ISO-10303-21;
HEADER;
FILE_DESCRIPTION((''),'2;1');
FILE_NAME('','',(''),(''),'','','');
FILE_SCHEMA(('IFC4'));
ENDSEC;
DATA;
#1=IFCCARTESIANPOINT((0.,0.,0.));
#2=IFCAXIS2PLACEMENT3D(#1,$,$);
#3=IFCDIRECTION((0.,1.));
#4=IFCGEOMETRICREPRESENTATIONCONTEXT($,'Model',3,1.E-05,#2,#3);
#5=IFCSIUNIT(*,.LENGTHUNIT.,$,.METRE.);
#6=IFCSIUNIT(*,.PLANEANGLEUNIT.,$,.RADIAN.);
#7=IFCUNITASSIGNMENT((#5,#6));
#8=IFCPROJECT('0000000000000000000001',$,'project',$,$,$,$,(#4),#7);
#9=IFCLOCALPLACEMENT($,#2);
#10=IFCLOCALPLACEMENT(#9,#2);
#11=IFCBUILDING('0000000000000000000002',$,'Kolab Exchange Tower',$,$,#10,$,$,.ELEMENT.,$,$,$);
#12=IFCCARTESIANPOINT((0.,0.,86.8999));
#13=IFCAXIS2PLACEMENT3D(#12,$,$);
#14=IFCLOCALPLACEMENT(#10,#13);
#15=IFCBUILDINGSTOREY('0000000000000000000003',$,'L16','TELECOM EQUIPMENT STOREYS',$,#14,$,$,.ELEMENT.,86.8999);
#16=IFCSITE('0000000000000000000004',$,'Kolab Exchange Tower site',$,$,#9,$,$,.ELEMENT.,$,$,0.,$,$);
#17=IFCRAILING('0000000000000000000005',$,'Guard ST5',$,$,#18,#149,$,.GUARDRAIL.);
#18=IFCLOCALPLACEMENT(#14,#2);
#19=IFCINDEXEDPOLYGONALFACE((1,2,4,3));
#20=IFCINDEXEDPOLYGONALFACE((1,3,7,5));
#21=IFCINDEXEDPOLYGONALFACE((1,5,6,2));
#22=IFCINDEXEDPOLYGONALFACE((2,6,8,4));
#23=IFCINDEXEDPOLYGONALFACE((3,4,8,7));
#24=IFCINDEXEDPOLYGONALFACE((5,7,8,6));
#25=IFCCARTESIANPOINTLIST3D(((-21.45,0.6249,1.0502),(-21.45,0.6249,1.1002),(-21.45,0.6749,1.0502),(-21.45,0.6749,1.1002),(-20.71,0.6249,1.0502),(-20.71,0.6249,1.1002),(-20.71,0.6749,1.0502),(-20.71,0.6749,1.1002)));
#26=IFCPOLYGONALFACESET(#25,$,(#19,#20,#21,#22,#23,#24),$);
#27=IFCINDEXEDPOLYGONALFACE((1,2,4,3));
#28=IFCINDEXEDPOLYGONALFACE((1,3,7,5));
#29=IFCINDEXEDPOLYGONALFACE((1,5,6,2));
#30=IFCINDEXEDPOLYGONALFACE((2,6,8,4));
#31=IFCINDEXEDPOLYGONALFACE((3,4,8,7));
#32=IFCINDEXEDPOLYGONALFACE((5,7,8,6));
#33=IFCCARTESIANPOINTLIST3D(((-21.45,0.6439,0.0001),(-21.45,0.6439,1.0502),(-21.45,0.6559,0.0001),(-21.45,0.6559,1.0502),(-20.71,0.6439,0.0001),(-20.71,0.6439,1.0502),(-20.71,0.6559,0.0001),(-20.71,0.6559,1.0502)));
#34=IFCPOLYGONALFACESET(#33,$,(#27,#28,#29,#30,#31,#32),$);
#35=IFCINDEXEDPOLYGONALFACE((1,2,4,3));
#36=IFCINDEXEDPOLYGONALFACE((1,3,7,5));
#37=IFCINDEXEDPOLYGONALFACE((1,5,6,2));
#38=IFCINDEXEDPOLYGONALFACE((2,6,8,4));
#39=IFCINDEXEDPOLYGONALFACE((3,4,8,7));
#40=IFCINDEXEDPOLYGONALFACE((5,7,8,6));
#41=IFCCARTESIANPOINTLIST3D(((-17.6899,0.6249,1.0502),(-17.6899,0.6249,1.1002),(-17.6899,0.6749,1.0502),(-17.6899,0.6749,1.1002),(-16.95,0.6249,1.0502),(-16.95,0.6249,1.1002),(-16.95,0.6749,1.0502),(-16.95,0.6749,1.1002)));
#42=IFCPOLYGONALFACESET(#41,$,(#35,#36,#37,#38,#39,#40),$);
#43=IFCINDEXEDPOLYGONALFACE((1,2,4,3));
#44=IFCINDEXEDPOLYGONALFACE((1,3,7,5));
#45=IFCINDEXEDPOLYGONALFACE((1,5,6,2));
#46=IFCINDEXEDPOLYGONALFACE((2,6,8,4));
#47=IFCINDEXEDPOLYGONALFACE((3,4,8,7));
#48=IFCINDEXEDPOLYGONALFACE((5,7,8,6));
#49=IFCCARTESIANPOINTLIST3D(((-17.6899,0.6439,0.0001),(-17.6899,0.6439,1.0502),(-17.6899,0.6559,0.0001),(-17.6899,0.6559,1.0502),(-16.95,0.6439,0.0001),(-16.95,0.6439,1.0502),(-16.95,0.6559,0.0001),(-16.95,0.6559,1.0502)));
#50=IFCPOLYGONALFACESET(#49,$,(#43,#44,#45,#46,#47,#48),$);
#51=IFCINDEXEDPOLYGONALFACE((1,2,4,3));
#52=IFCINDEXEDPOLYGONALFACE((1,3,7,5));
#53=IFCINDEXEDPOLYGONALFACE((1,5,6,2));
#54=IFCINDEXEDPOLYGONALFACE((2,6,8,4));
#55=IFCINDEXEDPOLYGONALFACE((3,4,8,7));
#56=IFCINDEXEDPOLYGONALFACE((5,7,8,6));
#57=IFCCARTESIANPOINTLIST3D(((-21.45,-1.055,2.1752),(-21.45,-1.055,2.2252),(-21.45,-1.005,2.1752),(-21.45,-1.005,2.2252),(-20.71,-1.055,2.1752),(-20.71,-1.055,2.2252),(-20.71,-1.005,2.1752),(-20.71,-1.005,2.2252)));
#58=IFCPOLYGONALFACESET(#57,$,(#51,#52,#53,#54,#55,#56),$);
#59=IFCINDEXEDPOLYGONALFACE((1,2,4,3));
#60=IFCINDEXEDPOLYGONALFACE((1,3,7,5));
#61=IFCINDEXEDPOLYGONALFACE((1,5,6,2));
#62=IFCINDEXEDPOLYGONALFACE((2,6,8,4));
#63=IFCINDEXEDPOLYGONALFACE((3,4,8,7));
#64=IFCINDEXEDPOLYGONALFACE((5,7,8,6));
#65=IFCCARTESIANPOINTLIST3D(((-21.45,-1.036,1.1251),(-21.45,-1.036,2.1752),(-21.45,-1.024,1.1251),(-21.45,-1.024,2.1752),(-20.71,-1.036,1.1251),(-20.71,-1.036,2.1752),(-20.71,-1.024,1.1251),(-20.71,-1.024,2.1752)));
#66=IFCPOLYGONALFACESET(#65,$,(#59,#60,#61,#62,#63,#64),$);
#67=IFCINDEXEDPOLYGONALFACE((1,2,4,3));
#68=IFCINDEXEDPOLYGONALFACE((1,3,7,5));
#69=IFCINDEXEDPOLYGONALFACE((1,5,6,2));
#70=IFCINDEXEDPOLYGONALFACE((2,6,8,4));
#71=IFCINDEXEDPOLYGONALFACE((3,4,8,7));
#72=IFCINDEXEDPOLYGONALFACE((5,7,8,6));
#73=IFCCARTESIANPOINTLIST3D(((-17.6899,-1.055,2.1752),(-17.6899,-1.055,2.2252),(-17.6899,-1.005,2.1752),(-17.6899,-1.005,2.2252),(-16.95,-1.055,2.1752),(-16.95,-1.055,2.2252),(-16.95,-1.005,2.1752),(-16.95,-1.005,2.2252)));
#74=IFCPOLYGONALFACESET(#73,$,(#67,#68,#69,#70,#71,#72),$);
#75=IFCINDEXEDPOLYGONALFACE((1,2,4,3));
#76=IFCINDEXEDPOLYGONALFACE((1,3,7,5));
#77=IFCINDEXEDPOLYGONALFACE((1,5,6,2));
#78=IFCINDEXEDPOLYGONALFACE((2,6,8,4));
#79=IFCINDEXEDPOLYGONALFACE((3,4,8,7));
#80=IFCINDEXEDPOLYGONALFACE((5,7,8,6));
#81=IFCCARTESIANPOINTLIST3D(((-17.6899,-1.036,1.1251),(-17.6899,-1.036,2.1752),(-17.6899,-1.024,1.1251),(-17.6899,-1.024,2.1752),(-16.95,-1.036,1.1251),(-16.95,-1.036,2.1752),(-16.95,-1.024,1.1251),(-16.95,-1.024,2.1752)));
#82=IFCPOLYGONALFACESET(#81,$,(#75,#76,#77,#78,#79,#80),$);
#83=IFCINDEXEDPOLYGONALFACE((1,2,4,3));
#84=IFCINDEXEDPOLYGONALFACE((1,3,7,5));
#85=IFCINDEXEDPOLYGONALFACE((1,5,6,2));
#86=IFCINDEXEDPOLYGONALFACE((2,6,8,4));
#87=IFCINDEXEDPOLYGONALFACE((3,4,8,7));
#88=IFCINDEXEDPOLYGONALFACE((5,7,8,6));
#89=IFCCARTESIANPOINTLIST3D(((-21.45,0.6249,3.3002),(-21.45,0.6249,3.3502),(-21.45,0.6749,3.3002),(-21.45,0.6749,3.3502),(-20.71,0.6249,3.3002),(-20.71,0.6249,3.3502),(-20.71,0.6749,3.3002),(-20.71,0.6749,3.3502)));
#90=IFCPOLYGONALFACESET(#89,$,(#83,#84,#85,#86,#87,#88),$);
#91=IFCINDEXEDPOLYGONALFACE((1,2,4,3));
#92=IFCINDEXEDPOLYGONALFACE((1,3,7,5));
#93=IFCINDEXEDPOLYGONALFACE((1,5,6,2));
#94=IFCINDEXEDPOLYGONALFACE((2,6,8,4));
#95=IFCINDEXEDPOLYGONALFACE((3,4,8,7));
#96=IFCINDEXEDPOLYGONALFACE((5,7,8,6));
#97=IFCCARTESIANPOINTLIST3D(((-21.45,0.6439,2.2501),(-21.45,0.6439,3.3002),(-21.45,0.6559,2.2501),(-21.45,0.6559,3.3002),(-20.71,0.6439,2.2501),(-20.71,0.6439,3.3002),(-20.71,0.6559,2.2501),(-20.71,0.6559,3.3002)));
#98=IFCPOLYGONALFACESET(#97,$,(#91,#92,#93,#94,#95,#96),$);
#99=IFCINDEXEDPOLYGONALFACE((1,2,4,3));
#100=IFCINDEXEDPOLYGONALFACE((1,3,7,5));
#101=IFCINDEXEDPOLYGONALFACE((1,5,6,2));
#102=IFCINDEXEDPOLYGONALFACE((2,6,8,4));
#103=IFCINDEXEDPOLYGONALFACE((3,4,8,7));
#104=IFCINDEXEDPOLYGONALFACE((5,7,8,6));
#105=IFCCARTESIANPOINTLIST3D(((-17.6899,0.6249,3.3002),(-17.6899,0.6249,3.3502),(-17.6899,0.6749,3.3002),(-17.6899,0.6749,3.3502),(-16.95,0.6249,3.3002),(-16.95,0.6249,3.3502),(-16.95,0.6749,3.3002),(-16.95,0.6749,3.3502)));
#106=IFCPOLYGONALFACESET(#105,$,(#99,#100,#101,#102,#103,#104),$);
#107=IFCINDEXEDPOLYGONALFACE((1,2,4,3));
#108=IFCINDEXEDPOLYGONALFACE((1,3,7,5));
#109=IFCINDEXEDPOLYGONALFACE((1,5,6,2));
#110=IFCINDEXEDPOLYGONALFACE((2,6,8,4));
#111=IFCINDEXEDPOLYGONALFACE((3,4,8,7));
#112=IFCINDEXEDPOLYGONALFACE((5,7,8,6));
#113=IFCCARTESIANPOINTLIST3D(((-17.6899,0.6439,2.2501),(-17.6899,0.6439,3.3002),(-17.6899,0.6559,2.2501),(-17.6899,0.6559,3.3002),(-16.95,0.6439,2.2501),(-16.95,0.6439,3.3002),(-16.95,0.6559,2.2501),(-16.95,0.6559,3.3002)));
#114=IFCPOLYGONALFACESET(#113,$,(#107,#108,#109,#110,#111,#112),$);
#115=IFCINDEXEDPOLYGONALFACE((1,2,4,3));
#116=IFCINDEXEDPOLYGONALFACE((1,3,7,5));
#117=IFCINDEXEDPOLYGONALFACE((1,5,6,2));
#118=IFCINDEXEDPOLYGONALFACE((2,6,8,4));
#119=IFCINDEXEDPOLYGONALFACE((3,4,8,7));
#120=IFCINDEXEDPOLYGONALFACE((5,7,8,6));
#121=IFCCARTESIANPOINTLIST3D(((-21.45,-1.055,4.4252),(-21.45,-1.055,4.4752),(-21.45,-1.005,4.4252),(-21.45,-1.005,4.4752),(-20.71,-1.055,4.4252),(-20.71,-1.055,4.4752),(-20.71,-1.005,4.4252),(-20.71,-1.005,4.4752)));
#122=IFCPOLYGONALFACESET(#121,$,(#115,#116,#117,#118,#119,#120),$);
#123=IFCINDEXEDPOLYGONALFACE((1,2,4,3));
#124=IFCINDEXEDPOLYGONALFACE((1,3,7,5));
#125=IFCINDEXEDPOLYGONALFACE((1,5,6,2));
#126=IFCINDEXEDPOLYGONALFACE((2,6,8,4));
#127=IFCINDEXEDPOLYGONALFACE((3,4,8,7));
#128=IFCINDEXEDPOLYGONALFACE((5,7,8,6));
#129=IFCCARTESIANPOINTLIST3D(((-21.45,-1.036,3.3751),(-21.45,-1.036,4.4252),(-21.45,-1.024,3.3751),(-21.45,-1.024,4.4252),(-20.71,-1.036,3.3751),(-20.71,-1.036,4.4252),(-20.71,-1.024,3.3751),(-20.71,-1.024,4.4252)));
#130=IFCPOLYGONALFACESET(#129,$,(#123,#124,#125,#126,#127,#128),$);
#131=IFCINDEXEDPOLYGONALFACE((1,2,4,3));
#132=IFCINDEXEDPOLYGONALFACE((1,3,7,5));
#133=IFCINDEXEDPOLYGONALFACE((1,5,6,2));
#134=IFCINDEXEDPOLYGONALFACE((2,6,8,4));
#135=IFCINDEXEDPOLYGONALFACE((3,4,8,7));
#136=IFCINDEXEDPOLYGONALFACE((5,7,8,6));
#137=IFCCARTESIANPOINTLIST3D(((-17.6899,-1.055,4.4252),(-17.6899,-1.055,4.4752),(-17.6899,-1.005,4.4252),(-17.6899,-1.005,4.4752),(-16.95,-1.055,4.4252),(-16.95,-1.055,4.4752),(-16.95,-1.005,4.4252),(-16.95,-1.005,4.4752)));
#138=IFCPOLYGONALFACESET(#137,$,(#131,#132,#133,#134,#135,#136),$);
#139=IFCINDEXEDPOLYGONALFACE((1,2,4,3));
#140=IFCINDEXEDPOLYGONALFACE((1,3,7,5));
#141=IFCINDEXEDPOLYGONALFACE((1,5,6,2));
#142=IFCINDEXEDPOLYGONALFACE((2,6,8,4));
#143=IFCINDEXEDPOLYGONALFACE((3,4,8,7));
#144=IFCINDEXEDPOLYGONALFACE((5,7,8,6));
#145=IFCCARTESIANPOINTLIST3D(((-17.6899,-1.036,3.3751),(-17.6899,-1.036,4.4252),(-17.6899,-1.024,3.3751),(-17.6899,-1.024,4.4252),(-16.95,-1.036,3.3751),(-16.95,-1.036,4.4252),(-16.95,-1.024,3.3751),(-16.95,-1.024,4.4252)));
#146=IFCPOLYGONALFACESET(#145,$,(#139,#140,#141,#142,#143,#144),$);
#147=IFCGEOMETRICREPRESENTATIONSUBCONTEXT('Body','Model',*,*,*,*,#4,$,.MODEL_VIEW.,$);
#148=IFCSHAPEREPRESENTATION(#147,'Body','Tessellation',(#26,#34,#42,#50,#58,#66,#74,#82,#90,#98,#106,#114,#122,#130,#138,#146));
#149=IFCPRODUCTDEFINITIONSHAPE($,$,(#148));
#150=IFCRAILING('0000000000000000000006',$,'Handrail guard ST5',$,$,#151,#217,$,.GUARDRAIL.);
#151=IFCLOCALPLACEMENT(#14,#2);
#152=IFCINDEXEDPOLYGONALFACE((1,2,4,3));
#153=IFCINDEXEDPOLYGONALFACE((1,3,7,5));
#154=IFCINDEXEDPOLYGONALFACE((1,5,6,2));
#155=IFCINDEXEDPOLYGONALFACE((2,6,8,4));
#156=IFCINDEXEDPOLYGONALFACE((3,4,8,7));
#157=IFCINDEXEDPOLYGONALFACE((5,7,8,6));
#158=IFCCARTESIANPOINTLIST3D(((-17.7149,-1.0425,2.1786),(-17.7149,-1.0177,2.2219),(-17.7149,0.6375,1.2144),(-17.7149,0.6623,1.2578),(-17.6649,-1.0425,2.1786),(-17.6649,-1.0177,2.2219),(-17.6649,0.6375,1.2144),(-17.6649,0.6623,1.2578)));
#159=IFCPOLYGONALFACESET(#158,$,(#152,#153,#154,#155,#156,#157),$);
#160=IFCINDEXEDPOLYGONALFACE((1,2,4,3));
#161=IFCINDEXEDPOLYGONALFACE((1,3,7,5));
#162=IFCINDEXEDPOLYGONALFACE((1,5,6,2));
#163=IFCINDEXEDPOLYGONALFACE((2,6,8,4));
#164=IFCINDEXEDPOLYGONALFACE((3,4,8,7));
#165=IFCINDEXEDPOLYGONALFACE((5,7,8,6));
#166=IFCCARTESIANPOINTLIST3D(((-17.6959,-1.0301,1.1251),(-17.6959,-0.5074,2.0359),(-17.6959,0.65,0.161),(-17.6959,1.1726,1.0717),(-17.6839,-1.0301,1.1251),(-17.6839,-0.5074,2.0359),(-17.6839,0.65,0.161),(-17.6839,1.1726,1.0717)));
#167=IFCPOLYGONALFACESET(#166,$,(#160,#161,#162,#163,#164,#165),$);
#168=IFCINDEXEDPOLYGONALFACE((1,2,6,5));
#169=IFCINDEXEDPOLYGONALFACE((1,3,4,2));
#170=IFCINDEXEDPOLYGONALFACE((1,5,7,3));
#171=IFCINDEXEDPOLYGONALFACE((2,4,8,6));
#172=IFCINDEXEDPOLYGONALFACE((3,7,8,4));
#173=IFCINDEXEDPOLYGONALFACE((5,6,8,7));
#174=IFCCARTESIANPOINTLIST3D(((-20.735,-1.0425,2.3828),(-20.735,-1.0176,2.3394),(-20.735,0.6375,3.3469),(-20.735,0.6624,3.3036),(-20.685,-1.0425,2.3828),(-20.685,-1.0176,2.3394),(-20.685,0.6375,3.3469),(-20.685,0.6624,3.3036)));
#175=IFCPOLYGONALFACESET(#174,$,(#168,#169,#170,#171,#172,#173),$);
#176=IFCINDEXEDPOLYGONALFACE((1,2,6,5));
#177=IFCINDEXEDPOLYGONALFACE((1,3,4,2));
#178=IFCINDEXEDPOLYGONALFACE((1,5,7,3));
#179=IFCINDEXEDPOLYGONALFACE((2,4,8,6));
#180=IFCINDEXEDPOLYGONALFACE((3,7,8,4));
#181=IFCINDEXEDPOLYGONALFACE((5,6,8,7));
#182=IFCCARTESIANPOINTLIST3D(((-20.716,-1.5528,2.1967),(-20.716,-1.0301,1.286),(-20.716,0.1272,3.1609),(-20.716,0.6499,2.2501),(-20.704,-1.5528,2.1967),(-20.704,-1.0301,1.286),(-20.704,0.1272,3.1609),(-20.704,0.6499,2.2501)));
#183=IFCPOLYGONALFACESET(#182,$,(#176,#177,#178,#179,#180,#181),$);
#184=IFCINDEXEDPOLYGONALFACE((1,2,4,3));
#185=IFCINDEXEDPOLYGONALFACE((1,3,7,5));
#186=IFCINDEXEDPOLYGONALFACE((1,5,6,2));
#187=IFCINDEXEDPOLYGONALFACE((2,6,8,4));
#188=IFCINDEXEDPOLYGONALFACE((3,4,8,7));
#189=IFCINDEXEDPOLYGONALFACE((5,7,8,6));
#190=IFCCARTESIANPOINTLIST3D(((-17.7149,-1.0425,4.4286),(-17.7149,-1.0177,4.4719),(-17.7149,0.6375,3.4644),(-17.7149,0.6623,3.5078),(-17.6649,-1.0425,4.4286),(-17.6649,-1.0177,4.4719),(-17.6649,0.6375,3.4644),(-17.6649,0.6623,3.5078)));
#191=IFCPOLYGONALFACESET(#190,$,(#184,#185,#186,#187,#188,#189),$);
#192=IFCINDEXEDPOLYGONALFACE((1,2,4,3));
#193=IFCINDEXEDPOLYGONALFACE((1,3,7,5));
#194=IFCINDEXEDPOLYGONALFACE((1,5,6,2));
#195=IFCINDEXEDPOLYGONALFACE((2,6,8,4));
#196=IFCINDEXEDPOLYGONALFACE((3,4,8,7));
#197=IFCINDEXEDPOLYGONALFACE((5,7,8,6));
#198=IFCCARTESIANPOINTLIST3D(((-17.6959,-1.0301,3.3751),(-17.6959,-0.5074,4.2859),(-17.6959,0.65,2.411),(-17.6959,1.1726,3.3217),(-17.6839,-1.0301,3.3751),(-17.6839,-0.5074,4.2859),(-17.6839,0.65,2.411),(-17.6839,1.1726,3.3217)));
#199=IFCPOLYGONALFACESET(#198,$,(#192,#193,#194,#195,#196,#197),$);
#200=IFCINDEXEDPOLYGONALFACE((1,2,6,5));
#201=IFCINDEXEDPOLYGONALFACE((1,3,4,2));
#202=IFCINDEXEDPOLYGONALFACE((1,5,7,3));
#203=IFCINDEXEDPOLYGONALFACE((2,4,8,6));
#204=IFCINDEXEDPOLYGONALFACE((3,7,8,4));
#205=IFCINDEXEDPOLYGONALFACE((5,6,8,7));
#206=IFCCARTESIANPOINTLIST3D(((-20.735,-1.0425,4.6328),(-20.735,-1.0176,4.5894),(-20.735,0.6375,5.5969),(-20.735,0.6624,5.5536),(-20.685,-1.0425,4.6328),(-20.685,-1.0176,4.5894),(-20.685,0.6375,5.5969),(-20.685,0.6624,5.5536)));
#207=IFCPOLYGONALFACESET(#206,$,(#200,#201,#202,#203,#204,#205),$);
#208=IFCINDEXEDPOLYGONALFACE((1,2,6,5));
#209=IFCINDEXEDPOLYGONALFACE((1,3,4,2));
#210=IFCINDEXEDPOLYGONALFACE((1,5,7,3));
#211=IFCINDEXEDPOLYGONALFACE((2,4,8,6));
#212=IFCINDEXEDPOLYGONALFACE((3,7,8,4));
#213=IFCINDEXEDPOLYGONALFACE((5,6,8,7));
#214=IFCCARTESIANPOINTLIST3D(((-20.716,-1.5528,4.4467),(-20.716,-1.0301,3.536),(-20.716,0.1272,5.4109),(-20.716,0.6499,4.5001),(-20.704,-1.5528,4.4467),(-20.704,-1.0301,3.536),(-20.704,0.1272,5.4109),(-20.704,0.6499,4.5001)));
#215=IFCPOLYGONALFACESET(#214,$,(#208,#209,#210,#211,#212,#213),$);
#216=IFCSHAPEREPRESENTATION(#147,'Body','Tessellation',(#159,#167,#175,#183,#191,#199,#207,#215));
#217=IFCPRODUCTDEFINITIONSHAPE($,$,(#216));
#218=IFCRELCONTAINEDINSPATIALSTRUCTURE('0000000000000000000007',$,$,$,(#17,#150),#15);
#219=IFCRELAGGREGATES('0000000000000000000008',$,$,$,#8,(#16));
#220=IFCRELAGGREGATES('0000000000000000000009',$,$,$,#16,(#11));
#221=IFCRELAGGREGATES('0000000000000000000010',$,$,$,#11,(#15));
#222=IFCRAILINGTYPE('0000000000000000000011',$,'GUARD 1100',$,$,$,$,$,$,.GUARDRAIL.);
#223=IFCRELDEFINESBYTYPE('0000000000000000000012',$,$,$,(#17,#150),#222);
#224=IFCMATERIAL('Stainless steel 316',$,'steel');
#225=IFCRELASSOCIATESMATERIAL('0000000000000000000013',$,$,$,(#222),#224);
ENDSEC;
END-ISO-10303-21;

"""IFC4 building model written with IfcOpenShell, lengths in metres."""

from ifc_helpers import new_model, si_unit, direction, frame, frame_2d, origin, origin_2d, place, context, subcontext, project, spatial, rectangle, extrude, material, type_object, element, save


model = new_model("IFC4")

# Units and contexts
model_context = context("Model", 3, precision=1e-05, world=origin(), true_north=direction((0.0, 1.0)))
body_context = subcontext(model_context, "Body", "Model", "MODEL_VIEW")
ifc_project = project(units=[si_unit("LENGTHUNIT", "METRE"), si_unit("PLANEANGLEUNIT", "RADIAN")], contexts=[model_context])

# Site, building, storey
site_placement = place(None, origin())
site = spatial("IfcSite", under=ifc_project, at=site_placement, Name="Kolab Exchange Tower site", CompositionType="ELEMENT", RefElevation=0.0)
building_placement = place(site_placement, origin())
building = spatial("IfcBuilding", under=site, at=building_placement, Name="Kolab Exchange Tower", CompositionType="ELEMENT")
storey_placement = place(building_placement, frame((0.0, 0.0, 86.8999)))
storey = spatial("IfcBuildingStorey", under=building, at=storey_placement, Name="L16", Description="TELECOM EQUIPMENT STOREYS", CompositionType="ELEMENT", Elevation=86.8999)

# Railings
ifc_material_1 = material(Name="Stainless steel 316", Category="steel")
railing_type = type_object("IfcRailingType", Name="GUARD 1100", PredefinedType="GUARDRAIL", material=ifc_material_1)
railing_1_placement = place(storey_placement, frame((-21.45, 0.6499, 0.0)))
element("IfcRailing", 1, at=railing_1_placement, inside=storey, type_object=railing_type, Name="Guard ST5", PredefinedType="GUARDRAIL", context=body_context, shape_type="SweptSolid", body=[
    extrude(rectangle(XDim=0.05, YDim=0.05, at=origin_2d()), frame((0.0, 0.0, 1.0752), z_axis=(1.0, 0.0, 0.0), x_axis=(0.0, 1.0, 0.0)), (0.0, 0.0, 1.0), 0.74),
    extrude(rectangle(XDim=0.012, YDim=1.0501, at=frame_2d((0.0, 0.5251))), frame((0.0, 0.0, 0.0), z_axis=(1.0, 0.0, 0.0), x_axis=(0.0, 1.0, 0.0)), (0.0, 0.0, 1.0), 0.74),
    extrude(rectangle(XDim=0.05, YDim=0.05, at=origin_2d()), frame((3.76, 0.0, 1.0752), z_axis=(1.0, 0.0, 0.0), x_axis=(0.0, 1.0, 0.0)), (0.0, 0.0, 1.0), 0.74),
    extrude(rectangle(XDim=0.012, YDim=1.0501, at=frame_2d((0.0, 0.5251))), frame((3.76, 0.0, 0.0), z_axis=(1.0, 0.0, 0.0), x_axis=(0.0, 1.0, 0.0)), (0.0, 0.0, 1.0), 0.74),
    extrude(rectangle(XDim=0.05, YDim=0.05, at=origin_2d()), frame((0.0, -1.6799, 2.2002), z_axis=(1.0, 0.0, 0.0), x_axis=(0.0, 1.0, 0.0)), (0.0, 0.0, 1.0), 0.74),
    extrude(rectangle(XDim=0.012, YDim=1.0501, at=frame_2d((0.0, 0.5251))), frame((0.0, -1.6799, 1.125), z_axis=(1.0, 0.0, 0.0), x_axis=(0.0, 1.0, 0.0)), (0.0, 0.0, 1.0), 0.74),
    extrude(rectangle(XDim=0.05, YDim=0.05, at=origin_2d()), frame((3.76, -1.6799, 2.2002), z_axis=(1.0, 0.0, 0.0), x_axis=(0.0, 1.0, 0.0)), (0.0, 0.0, 1.0), 0.74),
    extrude(rectangle(XDim=0.012, YDim=1.0501, at=frame_2d((0.0, 0.5251))), frame((3.76, -1.6799, 1.125), z_axis=(1.0, 0.0, 0.0), x_axis=(0.0, 1.0, 0.0)), (0.0, 0.0, 1.0), 0.74),
    extrude(rectangle(XDim=0.05, YDim=0.05, at=origin_2d()), frame((0.0, 0.0, 3.3252), z_axis=(1.0, 0.0, 0.0), x_axis=(0.0, 1.0, 0.0)), (0.0, 0.0, 1.0), 0.74),
    extrude(rectangle(XDim=0.012, YDim=1.0501, at=frame_2d((0.0, 0.5251))), frame((0.0, 0.0, 2.25), z_axis=(1.0, 0.0, 0.0), x_axis=(0.0, 1.0, 0.0)), (0.0, 0.0, 1.0), 0.74),
    extrude(rectangle(XDim=0.05, YDim=0.05, at=origin_2d()), frame((3.76, 0.0, 3.3252), z_axis=(1.0, 0.0, 0.0), x_axis=(0.0, 1.0, 0.0)), (0.0, 0.0, 1.0), 0.74),
    extrude(rectangle(XDim=0.012, YDim=1.0501, at=frame_2d((0.0, 0.5251))), frame((3.76, 0.0, 2.25), z_axis=(1.0, 0.0, 0.0), x_axis=(0.0, 1.0, 0.0)), (0.0, 0.0, 1.0), 0.74),
    extrude(rectangle(XDim=0.05, YDim=0.05, at=origin_2d()), frame((0.0, -1.6799, 4.4502), z_axis=(1.0, 0.0, 0.0), x_axis=(0.0, 1.0, 0.0)), (0.0, 0.0, 1.0), 0.74),
    extrude(rectangle(XDim=0.012, YDim=1.0501, at=frame_2d((0.0, 0.5251))), frame((0.0, -1.6799, 3.375), z_axis=(1.0, 0.0, 0.0), x_axis=(0.0, 1.0, 0.0)), (0.0, 0.0, 1.0), 0.74),
    extrude(rectangle(XDim=0.05, YDim=0.05, at=origin_2d()), frame((3.76, -1.6799, 4.4502), z_axis=(1.0, 0.0, 0.0), x_axis=(0.0, 1.0, 0.0)), (0.0, 0.0, 1.0), 0.74),
    extrude(rectangle(XDim=0.012, YDim=1.0501, at=frame_2d((0.0, 0.5251))), frame((3.76, -1.6799, 3.375), z_axis=(1.0, 0.0, 0.0), x_axis=(0.0, 1.0, 0.0)), (0.0, 0.0, 1.0), 0.74),
])
railing_2_placement = place(storey_placement, frame((-17.6899, 0.6499, 0.1609)))
element("IfcRailing", 2, at=railing_2_placement, inside=storey, type_object=railing_type, Name="Handrail guard ST5", PredefinedType="GUARDRAIL", context=body_context, shape_type="SweptSolid", body=[
    extrude(rectangle(XDim=0.05, YDim=0.05, at=origin_2d()), frame((0.0, 0.0, 1.0752), z_axis=(0.0, -0.867319, 0.497753), x_axis=(1.0, 0.0, 0.0)), (0.0, 0.0, 1.0), 1.937),
    extrude(rectangle(XDim=0.012, YDim=1.0501, at=frame_2d((0.0, 0.5251))), frame((0.0, 0.0, 0.0), z_axis=(0.0, -0.867319, 0.497753), x_axis=(1.0, 0.0, 0.0)), (0.0, 0.0, 1.0), 1.937),
    extrude(rectangle(XDim=0.05, YDim=0.05, at=origin_2d()), frame((-3.02, -1.6799, 2.2002), z_axis=(0.0, 0.867319, 0.497753), x_axis=(-1.0, 0.0, 0.0)), (0.0, 0.0, 1.0), 1.937),
    extrude(rectangle(XDim=0.012, YDim=1.0501, at=frame_2d((0.0, 0.5251))), frame((-3.02, -1.6799, 1.125), z_axis=(0.0, 0.867319, 0.497753), x_axis=(-1.0, 0.0, 0.0)), (0.0, 0.0, 1.0), 1.937),
    extrude(rectangle(XDim=0.05, YDim=0.05, at=origin_2d()), frame((0.0, 0.0, 3.3252), z_axis=(0.0, -0.867319, 0.497753), x_axis=(1.0, 0.0, 0.0)), (0.0, 0.0, 1.0), 1.937),
    extrude(rectangle(XDim=0.012, YDim=1.0501, at=frame_2d((0.0, 0.5251))), frame((0.0, 0.0, 2.25), z_axis=(0.0, -0.867319, 0.497753), x_axis=(1.0, 0.0, 0.0)), (0.0, 0.0, 1.0), 1.937),
    extrude(rectangle(XDim=0.05, YDim=0.05, at=origin_2d()), frame((-3.02, -1.6799, 4.4502), z_axis=(0.0, 0.867319, 0.497753), x_axis=(-1.0, 0.0, 0.0)), (0.0, 0.0, 1.0), 1.937),
    extrude(rectangle(XDim=0.012, YDim=1.0501, at=frame_2d((0.0, 0.5251))), frame((-3.02, -1.6799, 3.375), z_axis=(0.0, 0.867319, 0.497753), x_axis=(-1.0, 0.0, 0.0)), (0.0, 0.0, 1.0), 1.937),
])

save(model, "model.ifc")
